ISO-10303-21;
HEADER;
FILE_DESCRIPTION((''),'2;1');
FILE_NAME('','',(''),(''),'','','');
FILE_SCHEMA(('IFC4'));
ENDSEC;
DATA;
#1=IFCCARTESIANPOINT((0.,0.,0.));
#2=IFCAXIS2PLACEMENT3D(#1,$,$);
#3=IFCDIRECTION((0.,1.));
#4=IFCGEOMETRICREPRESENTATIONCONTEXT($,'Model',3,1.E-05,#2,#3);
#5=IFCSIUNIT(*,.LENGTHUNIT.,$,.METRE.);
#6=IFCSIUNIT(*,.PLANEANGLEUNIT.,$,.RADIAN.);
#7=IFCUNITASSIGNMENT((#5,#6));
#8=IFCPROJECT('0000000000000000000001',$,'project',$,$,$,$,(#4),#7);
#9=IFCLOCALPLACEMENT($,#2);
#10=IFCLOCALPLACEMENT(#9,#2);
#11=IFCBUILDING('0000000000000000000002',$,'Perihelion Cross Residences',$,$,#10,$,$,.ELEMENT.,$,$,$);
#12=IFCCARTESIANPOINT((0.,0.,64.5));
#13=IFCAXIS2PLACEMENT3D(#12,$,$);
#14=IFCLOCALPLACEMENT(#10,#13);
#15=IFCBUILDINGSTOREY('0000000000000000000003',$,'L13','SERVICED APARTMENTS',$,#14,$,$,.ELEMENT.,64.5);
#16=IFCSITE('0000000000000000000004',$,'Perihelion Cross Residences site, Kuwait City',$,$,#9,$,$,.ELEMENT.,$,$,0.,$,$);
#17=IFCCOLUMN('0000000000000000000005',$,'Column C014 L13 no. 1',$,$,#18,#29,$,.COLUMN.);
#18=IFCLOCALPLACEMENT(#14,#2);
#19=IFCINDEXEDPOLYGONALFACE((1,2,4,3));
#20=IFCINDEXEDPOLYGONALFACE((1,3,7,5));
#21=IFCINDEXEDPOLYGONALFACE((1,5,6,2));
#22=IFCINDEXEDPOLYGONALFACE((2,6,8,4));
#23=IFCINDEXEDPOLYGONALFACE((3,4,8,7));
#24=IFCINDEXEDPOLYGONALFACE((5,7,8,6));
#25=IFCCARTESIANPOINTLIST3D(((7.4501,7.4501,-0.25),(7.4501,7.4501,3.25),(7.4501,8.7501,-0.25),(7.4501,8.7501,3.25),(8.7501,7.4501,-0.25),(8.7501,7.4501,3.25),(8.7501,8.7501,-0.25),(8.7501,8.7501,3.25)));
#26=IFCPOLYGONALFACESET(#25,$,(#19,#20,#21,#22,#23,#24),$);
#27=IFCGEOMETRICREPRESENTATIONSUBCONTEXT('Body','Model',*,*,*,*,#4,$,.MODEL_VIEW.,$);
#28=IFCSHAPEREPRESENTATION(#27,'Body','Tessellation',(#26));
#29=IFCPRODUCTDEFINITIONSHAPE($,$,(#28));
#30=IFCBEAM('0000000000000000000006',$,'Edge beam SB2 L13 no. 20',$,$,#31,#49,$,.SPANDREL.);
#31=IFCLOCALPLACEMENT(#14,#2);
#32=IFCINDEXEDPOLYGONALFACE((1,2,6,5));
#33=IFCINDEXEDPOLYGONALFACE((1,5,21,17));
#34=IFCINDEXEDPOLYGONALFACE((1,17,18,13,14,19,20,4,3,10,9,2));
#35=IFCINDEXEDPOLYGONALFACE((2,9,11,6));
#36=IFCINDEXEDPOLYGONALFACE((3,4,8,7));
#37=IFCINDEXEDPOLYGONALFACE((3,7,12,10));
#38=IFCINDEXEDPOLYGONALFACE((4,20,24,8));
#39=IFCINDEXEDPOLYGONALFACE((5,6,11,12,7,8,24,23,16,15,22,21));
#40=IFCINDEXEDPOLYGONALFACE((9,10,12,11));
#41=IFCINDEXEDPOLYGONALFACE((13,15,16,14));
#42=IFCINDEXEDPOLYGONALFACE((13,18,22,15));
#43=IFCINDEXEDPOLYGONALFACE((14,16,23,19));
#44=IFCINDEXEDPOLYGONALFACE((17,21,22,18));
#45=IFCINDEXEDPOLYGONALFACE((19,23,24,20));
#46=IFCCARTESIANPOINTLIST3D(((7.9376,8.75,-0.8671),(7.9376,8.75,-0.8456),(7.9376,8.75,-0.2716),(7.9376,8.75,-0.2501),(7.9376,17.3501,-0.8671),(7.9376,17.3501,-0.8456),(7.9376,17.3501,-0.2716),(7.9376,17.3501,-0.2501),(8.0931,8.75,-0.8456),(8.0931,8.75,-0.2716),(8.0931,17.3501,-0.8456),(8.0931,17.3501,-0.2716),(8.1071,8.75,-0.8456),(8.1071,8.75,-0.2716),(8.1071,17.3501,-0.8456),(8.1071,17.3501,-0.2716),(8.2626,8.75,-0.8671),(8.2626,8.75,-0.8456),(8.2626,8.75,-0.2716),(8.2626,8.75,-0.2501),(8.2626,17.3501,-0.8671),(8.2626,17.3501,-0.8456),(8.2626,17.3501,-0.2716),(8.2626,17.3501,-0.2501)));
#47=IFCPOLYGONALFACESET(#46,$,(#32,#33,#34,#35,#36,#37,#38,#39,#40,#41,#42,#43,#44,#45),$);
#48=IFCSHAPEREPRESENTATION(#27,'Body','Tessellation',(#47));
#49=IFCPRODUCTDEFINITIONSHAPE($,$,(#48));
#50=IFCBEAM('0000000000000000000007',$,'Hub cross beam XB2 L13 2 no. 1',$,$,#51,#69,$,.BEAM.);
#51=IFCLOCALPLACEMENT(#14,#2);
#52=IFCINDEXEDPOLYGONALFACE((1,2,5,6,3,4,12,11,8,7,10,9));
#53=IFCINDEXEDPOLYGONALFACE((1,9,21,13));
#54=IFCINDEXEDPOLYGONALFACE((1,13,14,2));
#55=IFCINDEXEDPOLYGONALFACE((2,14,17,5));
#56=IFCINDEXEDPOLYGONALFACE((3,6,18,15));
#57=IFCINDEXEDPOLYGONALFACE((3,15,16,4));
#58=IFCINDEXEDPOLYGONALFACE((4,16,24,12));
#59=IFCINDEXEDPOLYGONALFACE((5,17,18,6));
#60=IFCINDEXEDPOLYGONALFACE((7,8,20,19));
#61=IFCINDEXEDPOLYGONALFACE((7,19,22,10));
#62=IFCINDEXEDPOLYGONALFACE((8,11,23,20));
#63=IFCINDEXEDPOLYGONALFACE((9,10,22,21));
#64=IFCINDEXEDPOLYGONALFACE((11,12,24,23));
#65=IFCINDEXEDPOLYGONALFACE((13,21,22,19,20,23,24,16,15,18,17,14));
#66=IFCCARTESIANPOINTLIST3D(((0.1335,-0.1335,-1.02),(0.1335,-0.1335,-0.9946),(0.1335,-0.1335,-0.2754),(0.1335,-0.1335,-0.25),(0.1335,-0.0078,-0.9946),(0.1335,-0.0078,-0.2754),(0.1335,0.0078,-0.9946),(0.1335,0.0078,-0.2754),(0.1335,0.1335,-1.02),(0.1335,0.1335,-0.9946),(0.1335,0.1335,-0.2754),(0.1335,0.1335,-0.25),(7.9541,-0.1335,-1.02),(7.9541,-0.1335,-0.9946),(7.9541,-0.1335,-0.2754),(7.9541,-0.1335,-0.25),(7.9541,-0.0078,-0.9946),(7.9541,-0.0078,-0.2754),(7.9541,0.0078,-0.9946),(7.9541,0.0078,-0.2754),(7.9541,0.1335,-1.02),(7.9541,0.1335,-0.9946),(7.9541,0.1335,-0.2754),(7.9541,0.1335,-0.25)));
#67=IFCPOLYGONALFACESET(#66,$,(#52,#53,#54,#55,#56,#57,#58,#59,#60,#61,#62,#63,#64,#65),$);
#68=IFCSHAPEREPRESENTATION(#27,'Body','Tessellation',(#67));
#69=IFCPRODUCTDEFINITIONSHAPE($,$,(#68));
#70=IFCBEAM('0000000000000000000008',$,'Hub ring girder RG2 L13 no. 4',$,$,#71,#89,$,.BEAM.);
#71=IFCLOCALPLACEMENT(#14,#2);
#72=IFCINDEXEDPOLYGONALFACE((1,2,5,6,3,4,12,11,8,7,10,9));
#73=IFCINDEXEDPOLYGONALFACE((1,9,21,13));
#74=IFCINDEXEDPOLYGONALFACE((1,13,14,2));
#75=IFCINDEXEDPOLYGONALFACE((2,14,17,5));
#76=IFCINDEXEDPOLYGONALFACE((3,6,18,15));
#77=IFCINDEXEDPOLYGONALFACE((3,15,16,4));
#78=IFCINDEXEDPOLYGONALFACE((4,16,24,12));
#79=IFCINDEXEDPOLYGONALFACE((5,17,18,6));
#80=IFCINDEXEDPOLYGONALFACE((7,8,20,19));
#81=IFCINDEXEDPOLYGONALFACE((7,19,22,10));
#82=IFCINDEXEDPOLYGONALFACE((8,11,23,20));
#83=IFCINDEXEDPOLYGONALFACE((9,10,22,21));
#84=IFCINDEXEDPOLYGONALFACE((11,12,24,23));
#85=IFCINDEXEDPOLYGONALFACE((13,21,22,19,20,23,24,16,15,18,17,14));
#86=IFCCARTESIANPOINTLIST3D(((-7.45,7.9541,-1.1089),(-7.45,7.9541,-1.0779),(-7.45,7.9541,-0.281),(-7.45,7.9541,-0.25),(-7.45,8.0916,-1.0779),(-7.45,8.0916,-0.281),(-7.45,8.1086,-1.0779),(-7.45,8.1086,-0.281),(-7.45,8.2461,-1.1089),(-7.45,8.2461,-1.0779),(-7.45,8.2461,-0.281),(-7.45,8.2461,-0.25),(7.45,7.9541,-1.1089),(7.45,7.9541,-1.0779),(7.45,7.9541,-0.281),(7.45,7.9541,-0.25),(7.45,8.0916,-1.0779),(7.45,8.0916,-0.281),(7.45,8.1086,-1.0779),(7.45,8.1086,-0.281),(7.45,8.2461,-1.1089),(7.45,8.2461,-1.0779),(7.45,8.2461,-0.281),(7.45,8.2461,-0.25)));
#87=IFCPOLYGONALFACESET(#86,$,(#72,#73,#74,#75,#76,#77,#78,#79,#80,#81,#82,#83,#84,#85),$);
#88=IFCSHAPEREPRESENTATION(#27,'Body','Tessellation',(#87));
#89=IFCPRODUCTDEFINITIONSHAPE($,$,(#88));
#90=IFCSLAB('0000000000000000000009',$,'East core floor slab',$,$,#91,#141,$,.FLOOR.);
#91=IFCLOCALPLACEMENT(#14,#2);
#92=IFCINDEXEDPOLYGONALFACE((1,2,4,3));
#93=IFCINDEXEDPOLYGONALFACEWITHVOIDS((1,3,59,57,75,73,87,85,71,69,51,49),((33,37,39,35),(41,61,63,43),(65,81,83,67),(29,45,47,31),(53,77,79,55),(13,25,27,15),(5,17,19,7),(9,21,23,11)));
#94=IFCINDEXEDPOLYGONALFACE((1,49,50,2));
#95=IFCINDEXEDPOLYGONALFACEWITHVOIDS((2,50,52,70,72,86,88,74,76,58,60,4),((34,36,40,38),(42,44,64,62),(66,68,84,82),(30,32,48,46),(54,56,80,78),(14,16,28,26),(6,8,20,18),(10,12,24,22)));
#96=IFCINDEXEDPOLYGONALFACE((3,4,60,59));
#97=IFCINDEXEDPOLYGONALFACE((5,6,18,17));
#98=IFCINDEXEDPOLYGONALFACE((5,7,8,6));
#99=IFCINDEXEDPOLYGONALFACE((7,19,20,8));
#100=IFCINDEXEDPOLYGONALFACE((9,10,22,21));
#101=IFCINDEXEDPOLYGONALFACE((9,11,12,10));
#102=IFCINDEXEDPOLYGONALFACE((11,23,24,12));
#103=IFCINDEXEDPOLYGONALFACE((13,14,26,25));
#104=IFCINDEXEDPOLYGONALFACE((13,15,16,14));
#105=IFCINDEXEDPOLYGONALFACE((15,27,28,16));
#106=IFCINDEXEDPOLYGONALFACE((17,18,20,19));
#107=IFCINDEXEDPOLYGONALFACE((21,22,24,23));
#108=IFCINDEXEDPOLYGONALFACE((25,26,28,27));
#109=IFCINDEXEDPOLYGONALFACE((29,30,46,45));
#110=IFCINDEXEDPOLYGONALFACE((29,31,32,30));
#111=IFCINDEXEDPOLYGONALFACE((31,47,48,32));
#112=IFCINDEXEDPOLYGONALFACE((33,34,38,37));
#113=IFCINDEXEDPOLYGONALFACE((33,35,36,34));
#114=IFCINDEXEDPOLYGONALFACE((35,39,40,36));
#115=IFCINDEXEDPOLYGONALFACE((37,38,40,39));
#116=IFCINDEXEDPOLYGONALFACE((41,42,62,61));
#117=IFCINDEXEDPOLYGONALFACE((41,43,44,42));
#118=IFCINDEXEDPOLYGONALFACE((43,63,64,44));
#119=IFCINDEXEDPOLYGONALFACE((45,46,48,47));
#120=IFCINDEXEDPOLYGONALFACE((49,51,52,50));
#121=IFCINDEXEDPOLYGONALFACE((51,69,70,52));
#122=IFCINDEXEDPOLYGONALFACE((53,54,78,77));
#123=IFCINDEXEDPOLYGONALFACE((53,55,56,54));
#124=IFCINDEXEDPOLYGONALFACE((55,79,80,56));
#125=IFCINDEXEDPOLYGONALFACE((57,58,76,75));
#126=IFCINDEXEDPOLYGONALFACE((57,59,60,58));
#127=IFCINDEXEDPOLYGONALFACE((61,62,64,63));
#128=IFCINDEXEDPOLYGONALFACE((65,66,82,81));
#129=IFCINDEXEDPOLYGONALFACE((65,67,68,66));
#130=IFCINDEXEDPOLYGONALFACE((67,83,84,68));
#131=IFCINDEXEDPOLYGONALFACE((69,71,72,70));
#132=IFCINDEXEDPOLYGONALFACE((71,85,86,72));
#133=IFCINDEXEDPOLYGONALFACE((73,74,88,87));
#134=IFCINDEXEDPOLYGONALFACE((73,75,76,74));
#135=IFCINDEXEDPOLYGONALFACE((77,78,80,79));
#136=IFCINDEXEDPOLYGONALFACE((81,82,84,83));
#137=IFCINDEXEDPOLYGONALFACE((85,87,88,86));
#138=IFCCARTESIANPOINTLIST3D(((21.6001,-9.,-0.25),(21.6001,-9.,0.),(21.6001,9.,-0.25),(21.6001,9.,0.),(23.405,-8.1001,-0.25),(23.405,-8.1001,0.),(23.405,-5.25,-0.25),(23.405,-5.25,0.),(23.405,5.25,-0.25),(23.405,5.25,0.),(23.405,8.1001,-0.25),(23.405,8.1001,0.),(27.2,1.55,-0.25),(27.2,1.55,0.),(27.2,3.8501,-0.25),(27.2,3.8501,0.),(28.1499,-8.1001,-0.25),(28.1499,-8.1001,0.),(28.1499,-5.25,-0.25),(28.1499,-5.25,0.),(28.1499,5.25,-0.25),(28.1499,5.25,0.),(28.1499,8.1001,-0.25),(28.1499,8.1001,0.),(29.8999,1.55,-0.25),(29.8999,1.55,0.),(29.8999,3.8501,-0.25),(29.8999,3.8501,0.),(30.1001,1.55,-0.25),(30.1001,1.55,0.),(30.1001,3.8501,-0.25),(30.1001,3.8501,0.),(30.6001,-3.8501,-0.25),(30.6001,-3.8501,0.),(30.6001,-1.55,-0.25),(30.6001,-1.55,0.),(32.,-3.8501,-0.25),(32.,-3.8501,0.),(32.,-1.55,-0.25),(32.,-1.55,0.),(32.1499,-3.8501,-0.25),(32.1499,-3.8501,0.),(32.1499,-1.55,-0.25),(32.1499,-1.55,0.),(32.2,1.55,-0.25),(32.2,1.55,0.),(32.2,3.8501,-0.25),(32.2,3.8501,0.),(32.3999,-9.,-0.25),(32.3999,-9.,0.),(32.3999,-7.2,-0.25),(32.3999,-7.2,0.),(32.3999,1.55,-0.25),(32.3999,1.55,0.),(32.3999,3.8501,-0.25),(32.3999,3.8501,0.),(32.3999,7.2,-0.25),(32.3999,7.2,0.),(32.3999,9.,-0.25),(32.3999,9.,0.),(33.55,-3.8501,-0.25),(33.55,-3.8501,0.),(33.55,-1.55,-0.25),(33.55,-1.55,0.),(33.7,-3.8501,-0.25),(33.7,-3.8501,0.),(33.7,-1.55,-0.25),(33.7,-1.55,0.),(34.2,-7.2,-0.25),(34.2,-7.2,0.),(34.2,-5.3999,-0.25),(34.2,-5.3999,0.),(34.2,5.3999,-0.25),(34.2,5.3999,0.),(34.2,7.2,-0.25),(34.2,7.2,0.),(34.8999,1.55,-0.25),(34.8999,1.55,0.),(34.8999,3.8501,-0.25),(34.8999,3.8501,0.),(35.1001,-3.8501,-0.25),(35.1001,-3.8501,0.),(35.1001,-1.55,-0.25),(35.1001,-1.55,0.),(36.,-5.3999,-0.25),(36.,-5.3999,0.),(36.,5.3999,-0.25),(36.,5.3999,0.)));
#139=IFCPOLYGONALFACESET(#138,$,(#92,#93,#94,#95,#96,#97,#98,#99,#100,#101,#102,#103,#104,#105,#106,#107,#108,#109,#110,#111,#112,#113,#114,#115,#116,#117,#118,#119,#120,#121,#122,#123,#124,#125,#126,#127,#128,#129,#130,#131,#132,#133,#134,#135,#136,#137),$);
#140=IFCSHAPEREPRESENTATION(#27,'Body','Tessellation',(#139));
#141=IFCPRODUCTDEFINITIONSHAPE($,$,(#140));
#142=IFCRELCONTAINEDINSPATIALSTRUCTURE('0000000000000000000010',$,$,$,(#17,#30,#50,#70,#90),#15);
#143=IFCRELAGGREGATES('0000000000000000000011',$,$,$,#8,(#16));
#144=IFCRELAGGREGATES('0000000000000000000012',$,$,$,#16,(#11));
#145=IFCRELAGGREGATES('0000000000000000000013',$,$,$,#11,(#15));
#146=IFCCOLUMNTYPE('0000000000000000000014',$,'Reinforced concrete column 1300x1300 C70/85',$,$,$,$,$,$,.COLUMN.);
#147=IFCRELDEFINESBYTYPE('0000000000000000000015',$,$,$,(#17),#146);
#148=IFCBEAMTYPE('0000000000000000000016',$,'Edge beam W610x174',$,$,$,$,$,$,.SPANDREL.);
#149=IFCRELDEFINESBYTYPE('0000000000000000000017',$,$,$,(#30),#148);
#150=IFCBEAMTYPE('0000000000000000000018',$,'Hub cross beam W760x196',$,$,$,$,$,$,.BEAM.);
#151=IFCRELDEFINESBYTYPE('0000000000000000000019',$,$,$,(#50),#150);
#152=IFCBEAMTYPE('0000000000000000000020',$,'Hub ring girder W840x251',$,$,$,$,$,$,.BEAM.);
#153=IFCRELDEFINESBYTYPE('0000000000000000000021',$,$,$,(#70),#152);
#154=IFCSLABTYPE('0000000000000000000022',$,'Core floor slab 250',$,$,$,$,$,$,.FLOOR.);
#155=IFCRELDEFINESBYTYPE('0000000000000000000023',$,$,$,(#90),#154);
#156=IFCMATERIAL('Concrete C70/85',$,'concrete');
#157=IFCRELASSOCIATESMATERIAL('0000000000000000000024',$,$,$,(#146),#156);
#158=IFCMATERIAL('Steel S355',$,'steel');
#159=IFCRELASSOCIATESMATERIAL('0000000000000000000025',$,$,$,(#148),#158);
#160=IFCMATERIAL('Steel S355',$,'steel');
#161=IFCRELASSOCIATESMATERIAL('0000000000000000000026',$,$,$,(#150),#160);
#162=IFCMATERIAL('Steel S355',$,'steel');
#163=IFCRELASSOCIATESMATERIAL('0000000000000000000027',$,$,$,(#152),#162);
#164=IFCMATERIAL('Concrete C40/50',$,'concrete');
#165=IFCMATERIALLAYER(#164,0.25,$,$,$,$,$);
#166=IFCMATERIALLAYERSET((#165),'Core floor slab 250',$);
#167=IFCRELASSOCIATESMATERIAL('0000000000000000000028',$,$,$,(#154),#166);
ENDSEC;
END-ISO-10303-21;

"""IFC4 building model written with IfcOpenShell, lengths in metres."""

from ifc_helpers import new_model, si_unit, direction, frame, origin, origin_2d, place, context, subcontext, project, spatial, polyline, rectangle, i_section, outline, extrude, material, layer, layer_set, material_profile, profile_set, type_object, element, save


model = new_model("IFC4")

# Units and contexts
model_context = context("Model", 3, precision=1e-05, world=origin(), true_north=direction((0.0, 1.0)))
body_context = subcontext(model_context, "Body", "Model", "MODEL_VIEW")
ifc_project = project(units=[si_unit("LENGTHUNIT", "METRE"), si_unit("PLANEANGLEUNIT", "RADIAN")], contexts=[model_context])

# Site, building, storey
site_placement = place(None, origin())
site = spatial("IfcSite", under=ifc_project, at=site_placement, Name="Perihelion Cross Residences site, Kuwait City", CompositionType="ELEMENT", RefElevation=0.0)
building_placement = place(site_placement, origin())
building = spatial("IfcBuilding", under=site, at=building_placement, Name="Perihelion Cross Residences", CompositionType="ELEMENT")
storey_placement = place(building_placement, frame((0.0, 0.0, 64.5)))
storey = spatial("IfcBuildingStorey", under=building, at=storey_placement, Name="L13", Description="SERVICED APARTMENTS", CompositionType="ELEMENT", Elevation=64.5)

# Column
ifc_material_1 = material(Name="Concrete C70/85", Category="concrete")
ifc_material_profile_1 = material_profile(ifc_material_1, rectangle(XDim=1.3, YDim=1.3, at=origin_2d()), Name="RC 1300x1300")
ifc_profile_set_1 = profile_set([ifc_material_profile_1], Name="Concrete C70/85")
column_type = type_object("IfcColumnType", Name="Reinforced concrete column 1300x1300 C70/85", PredefinedType="COLUMN", material=ifc_profile_set_1)
column_placement = place(storey_placement, frame((8.1001, 8.1001, -0.25), z_axis=(0.0, 0.0, 1.0), x_axis=(1.0, 0.0, 0.0)))
element("IfcColumn", 1, at=column_placement, inside=storey, type_object=column_type, Name="Column C014 L13 no. 1", PredefinedType="COLUMN", context=body_context, shape_type="SweptSolid", body=[
    extrude(rectangle(XDim=1.3, YDim=1.3, at=origin_2d()), origin(), (0.0, 0.0, 1.0), 3.5),
])

# Beams
ifc_material_2 = material(Name="Steel S355", Category="steel")
ifc_material_profile_2 = material_profile(ifc_material_2, i_section(OverallWidth=0.325, OverallDepth=0.6169, WebThickness=0.0139, FlangeThickness=0.0215, at=origin_2d()), Name="W610x174")
ifc_profile_set_2 = profile_set([ifc_material_profile_2], Name="Steel S355")
beam_type_1 = type_object("IfcBeamType", Name="Edge beam W610x174", PredefinedType="SPANDREL", material=ifc_profile_set_2)
beam_1_placement = place(storey_placement, frame((8.1001, 8.75, -0.5586), z_axis=(0.0, 1.0, 0.0), x_axis=(-1.0, 0.0, 0.0)))
element("IfcBeam", 2, at=beam_1_placement, inside=storey, type_object=beam_type_1, Name="Edge beam SB2 L13 no. 20", PredefinedType="SPANDREL", context=body_context, shape_type="SweptSolid", body=[
    extrude(i_section(OverallWidth=0.325, OverallDepth=0.6169, WebThickness=0.0139, FlangeThickness=0.0215, at=origin_2d()), origin(), (0.0, 0.0, 1.0), 8.6001),
])
ifc_material_3 = material(Name="Steel S355", Category="steel")
ifc_material_profile_3 = material_profile(ifc_material_3, i_section(OverallWidth=0.2671, OverallDepth=0.77, WebThickness=0.0156, FlangeThickness=0.0254, at=origin_2d()), Name="W760x196")
ifc_profile_set_3 = profile_set([ifc_material_profile_3], Name="Steel S355")
beam_type_2 = type_object("IfcBeamType", Name="Hub cross beam W760x196", PredefinedType="BEAM", material=ifc_profile_set_3)
beam_2_placement = place(storey_placement, frame((0.1335, 0.0, -0.635), z_axis=(1.0, 0.0, 0.0), x_axis=(0.0, 1.0, 0.0)))
element("IfcBeam", 3, at=beam_2_placement, inside=storey, type_object=beam_type_2, Name="Hub cross beam XB2 L13 2 no. 1", PredefinedType="BEAM", context=body_context, shape_type="SweptSolid", body=[
    extrude(i_section(OverallWidth=0.2671, OverallDepth=0.77, WebThickness=0.0156, FlangeThickness=0.0254, at=origin_2d()), origin(), (0.0, 0.0, 1.0), 7.8206),
])
ifc_material_4 = material(Name="Steel S355", Category="steel")
ifc_material_profile_4 = material_profile(ifc_material_4, i_section(OverallWidth=0.292, OverallDepth=0.8589, WebThickness=0.0171, FlangeThickness=0.031, at=origin_2d()), Name="W840x251")
ifc_profile_set_4 = profile_set([ifc_material_profile_4], Name="Steel S355")
beam_type_3 = type_object("IfcBeamType", Name="Hub ring girder W840x251", PredefinedType="BEAM", material=ifc_profile_set_4)
beam_3_placement = place(storey_placement, frame((7.45, 8.1001, -0.6794), z_axis=(-1.0, 0.0, 0.0), x_axis=(0.0, -1.0, 0.0)))
element("IfcBeam", 4, at=beam_3_placement, inside=storey, type_object=beam_type_3, Name="Hub ring girder RG2 L13 no. 4", PredefinedType="BEAM", context=body_context, shape_type="SweptSolid", body=[
    extrude(i_section(OverallWidth=0.292, OverallDepth=0.8589, WebThickness=0.0171, FlangeThickness=0.031, at=origin_2d()), origin(), (0.0, 0.0, 1.0), 14.8999),
])

# Slab
ifc_material_5 = material(Name="Concrete C40/50", Category="concrete")
ifc_layer_1 = layer(ifc_material_5, 0.25)
ifc_layer_set_1 = layer_set([ifc_layer_1], Name="Core floor slab 250")
slab_type_1 = type_object("IfcSlabType", Name="Core floor slab 250", PredefinedType="FLOOR", material=ifc_layer_set_1)
slab_1_placement = place(storey_placement, frame((0.0, 0.0, -0.25)))
element("IfcSlab", 5, at=slab_1_placement, inside=storey, type_object=slab_type_1, Name="East core floor slab", PredefinedType="FLOOR", context=body_context, shape_type="SweptSolid", body=[
    extrude(outline(polyline([(32.3999, 7.2), (34.2, 7.2), (34.2, 5.3999), (36.0, 5.3999), (36.0, -5.3999), (34.2, -5.3999), (34.2, -7.2), (32.3999, -7.2), (32.3999, -9.0), (21.6001, -9.0), (21.6001, 9.0), (32.3999, 9.0), (32.3999, 7.2)]), holes=[polyline([(23.405, -8.1001), (28.1499, -8.1001), (28.1499, -5.25), (23.405, -5.25), (23.405, -8.1001)]), polyline([(30.6001, -1.55), (30.6001, -3.8501), (32.0, -3.8501), (32.0, -1.55), (30.6001, -1.55)]), polyline([(32.1499, -1.55), (32.1499, -3.8501), (33.55, -3.8501), (33.55, -1.55), (32.1499, -1.55)]), polyline([(33.7, -1.55), (33.7, -3.8501), (35.1001, -3.8501), (35.1001, -1.55), (33.7, -1.55)]), polyline([(27.2, 3.8501), (27.2, 1.55), (29.8999, 1.55), (29.8999, 3.8501), (27.2, 3.8501)]), polyline([(30.1001, 3.8501), (30.1001, 1.55), (32.2, 1.55), (32.2, 3.8501), (30.1001, 3.8501)]), polyline([(32.3999, 3.8501), (32.3999, 1.55), (34.8999, 1.55), (34.8999, 3.8501), (32.3999, 3.8501)]), polyline([(23.405, 5.25), (28.1499, 5.25), (28.1499, 8.1001), (23.405, 8.1001), (23.405, 5.25)])]), origin(), (0.0, 0.0, 1.0), 0.25),
])

save(model, "model.ifc")
